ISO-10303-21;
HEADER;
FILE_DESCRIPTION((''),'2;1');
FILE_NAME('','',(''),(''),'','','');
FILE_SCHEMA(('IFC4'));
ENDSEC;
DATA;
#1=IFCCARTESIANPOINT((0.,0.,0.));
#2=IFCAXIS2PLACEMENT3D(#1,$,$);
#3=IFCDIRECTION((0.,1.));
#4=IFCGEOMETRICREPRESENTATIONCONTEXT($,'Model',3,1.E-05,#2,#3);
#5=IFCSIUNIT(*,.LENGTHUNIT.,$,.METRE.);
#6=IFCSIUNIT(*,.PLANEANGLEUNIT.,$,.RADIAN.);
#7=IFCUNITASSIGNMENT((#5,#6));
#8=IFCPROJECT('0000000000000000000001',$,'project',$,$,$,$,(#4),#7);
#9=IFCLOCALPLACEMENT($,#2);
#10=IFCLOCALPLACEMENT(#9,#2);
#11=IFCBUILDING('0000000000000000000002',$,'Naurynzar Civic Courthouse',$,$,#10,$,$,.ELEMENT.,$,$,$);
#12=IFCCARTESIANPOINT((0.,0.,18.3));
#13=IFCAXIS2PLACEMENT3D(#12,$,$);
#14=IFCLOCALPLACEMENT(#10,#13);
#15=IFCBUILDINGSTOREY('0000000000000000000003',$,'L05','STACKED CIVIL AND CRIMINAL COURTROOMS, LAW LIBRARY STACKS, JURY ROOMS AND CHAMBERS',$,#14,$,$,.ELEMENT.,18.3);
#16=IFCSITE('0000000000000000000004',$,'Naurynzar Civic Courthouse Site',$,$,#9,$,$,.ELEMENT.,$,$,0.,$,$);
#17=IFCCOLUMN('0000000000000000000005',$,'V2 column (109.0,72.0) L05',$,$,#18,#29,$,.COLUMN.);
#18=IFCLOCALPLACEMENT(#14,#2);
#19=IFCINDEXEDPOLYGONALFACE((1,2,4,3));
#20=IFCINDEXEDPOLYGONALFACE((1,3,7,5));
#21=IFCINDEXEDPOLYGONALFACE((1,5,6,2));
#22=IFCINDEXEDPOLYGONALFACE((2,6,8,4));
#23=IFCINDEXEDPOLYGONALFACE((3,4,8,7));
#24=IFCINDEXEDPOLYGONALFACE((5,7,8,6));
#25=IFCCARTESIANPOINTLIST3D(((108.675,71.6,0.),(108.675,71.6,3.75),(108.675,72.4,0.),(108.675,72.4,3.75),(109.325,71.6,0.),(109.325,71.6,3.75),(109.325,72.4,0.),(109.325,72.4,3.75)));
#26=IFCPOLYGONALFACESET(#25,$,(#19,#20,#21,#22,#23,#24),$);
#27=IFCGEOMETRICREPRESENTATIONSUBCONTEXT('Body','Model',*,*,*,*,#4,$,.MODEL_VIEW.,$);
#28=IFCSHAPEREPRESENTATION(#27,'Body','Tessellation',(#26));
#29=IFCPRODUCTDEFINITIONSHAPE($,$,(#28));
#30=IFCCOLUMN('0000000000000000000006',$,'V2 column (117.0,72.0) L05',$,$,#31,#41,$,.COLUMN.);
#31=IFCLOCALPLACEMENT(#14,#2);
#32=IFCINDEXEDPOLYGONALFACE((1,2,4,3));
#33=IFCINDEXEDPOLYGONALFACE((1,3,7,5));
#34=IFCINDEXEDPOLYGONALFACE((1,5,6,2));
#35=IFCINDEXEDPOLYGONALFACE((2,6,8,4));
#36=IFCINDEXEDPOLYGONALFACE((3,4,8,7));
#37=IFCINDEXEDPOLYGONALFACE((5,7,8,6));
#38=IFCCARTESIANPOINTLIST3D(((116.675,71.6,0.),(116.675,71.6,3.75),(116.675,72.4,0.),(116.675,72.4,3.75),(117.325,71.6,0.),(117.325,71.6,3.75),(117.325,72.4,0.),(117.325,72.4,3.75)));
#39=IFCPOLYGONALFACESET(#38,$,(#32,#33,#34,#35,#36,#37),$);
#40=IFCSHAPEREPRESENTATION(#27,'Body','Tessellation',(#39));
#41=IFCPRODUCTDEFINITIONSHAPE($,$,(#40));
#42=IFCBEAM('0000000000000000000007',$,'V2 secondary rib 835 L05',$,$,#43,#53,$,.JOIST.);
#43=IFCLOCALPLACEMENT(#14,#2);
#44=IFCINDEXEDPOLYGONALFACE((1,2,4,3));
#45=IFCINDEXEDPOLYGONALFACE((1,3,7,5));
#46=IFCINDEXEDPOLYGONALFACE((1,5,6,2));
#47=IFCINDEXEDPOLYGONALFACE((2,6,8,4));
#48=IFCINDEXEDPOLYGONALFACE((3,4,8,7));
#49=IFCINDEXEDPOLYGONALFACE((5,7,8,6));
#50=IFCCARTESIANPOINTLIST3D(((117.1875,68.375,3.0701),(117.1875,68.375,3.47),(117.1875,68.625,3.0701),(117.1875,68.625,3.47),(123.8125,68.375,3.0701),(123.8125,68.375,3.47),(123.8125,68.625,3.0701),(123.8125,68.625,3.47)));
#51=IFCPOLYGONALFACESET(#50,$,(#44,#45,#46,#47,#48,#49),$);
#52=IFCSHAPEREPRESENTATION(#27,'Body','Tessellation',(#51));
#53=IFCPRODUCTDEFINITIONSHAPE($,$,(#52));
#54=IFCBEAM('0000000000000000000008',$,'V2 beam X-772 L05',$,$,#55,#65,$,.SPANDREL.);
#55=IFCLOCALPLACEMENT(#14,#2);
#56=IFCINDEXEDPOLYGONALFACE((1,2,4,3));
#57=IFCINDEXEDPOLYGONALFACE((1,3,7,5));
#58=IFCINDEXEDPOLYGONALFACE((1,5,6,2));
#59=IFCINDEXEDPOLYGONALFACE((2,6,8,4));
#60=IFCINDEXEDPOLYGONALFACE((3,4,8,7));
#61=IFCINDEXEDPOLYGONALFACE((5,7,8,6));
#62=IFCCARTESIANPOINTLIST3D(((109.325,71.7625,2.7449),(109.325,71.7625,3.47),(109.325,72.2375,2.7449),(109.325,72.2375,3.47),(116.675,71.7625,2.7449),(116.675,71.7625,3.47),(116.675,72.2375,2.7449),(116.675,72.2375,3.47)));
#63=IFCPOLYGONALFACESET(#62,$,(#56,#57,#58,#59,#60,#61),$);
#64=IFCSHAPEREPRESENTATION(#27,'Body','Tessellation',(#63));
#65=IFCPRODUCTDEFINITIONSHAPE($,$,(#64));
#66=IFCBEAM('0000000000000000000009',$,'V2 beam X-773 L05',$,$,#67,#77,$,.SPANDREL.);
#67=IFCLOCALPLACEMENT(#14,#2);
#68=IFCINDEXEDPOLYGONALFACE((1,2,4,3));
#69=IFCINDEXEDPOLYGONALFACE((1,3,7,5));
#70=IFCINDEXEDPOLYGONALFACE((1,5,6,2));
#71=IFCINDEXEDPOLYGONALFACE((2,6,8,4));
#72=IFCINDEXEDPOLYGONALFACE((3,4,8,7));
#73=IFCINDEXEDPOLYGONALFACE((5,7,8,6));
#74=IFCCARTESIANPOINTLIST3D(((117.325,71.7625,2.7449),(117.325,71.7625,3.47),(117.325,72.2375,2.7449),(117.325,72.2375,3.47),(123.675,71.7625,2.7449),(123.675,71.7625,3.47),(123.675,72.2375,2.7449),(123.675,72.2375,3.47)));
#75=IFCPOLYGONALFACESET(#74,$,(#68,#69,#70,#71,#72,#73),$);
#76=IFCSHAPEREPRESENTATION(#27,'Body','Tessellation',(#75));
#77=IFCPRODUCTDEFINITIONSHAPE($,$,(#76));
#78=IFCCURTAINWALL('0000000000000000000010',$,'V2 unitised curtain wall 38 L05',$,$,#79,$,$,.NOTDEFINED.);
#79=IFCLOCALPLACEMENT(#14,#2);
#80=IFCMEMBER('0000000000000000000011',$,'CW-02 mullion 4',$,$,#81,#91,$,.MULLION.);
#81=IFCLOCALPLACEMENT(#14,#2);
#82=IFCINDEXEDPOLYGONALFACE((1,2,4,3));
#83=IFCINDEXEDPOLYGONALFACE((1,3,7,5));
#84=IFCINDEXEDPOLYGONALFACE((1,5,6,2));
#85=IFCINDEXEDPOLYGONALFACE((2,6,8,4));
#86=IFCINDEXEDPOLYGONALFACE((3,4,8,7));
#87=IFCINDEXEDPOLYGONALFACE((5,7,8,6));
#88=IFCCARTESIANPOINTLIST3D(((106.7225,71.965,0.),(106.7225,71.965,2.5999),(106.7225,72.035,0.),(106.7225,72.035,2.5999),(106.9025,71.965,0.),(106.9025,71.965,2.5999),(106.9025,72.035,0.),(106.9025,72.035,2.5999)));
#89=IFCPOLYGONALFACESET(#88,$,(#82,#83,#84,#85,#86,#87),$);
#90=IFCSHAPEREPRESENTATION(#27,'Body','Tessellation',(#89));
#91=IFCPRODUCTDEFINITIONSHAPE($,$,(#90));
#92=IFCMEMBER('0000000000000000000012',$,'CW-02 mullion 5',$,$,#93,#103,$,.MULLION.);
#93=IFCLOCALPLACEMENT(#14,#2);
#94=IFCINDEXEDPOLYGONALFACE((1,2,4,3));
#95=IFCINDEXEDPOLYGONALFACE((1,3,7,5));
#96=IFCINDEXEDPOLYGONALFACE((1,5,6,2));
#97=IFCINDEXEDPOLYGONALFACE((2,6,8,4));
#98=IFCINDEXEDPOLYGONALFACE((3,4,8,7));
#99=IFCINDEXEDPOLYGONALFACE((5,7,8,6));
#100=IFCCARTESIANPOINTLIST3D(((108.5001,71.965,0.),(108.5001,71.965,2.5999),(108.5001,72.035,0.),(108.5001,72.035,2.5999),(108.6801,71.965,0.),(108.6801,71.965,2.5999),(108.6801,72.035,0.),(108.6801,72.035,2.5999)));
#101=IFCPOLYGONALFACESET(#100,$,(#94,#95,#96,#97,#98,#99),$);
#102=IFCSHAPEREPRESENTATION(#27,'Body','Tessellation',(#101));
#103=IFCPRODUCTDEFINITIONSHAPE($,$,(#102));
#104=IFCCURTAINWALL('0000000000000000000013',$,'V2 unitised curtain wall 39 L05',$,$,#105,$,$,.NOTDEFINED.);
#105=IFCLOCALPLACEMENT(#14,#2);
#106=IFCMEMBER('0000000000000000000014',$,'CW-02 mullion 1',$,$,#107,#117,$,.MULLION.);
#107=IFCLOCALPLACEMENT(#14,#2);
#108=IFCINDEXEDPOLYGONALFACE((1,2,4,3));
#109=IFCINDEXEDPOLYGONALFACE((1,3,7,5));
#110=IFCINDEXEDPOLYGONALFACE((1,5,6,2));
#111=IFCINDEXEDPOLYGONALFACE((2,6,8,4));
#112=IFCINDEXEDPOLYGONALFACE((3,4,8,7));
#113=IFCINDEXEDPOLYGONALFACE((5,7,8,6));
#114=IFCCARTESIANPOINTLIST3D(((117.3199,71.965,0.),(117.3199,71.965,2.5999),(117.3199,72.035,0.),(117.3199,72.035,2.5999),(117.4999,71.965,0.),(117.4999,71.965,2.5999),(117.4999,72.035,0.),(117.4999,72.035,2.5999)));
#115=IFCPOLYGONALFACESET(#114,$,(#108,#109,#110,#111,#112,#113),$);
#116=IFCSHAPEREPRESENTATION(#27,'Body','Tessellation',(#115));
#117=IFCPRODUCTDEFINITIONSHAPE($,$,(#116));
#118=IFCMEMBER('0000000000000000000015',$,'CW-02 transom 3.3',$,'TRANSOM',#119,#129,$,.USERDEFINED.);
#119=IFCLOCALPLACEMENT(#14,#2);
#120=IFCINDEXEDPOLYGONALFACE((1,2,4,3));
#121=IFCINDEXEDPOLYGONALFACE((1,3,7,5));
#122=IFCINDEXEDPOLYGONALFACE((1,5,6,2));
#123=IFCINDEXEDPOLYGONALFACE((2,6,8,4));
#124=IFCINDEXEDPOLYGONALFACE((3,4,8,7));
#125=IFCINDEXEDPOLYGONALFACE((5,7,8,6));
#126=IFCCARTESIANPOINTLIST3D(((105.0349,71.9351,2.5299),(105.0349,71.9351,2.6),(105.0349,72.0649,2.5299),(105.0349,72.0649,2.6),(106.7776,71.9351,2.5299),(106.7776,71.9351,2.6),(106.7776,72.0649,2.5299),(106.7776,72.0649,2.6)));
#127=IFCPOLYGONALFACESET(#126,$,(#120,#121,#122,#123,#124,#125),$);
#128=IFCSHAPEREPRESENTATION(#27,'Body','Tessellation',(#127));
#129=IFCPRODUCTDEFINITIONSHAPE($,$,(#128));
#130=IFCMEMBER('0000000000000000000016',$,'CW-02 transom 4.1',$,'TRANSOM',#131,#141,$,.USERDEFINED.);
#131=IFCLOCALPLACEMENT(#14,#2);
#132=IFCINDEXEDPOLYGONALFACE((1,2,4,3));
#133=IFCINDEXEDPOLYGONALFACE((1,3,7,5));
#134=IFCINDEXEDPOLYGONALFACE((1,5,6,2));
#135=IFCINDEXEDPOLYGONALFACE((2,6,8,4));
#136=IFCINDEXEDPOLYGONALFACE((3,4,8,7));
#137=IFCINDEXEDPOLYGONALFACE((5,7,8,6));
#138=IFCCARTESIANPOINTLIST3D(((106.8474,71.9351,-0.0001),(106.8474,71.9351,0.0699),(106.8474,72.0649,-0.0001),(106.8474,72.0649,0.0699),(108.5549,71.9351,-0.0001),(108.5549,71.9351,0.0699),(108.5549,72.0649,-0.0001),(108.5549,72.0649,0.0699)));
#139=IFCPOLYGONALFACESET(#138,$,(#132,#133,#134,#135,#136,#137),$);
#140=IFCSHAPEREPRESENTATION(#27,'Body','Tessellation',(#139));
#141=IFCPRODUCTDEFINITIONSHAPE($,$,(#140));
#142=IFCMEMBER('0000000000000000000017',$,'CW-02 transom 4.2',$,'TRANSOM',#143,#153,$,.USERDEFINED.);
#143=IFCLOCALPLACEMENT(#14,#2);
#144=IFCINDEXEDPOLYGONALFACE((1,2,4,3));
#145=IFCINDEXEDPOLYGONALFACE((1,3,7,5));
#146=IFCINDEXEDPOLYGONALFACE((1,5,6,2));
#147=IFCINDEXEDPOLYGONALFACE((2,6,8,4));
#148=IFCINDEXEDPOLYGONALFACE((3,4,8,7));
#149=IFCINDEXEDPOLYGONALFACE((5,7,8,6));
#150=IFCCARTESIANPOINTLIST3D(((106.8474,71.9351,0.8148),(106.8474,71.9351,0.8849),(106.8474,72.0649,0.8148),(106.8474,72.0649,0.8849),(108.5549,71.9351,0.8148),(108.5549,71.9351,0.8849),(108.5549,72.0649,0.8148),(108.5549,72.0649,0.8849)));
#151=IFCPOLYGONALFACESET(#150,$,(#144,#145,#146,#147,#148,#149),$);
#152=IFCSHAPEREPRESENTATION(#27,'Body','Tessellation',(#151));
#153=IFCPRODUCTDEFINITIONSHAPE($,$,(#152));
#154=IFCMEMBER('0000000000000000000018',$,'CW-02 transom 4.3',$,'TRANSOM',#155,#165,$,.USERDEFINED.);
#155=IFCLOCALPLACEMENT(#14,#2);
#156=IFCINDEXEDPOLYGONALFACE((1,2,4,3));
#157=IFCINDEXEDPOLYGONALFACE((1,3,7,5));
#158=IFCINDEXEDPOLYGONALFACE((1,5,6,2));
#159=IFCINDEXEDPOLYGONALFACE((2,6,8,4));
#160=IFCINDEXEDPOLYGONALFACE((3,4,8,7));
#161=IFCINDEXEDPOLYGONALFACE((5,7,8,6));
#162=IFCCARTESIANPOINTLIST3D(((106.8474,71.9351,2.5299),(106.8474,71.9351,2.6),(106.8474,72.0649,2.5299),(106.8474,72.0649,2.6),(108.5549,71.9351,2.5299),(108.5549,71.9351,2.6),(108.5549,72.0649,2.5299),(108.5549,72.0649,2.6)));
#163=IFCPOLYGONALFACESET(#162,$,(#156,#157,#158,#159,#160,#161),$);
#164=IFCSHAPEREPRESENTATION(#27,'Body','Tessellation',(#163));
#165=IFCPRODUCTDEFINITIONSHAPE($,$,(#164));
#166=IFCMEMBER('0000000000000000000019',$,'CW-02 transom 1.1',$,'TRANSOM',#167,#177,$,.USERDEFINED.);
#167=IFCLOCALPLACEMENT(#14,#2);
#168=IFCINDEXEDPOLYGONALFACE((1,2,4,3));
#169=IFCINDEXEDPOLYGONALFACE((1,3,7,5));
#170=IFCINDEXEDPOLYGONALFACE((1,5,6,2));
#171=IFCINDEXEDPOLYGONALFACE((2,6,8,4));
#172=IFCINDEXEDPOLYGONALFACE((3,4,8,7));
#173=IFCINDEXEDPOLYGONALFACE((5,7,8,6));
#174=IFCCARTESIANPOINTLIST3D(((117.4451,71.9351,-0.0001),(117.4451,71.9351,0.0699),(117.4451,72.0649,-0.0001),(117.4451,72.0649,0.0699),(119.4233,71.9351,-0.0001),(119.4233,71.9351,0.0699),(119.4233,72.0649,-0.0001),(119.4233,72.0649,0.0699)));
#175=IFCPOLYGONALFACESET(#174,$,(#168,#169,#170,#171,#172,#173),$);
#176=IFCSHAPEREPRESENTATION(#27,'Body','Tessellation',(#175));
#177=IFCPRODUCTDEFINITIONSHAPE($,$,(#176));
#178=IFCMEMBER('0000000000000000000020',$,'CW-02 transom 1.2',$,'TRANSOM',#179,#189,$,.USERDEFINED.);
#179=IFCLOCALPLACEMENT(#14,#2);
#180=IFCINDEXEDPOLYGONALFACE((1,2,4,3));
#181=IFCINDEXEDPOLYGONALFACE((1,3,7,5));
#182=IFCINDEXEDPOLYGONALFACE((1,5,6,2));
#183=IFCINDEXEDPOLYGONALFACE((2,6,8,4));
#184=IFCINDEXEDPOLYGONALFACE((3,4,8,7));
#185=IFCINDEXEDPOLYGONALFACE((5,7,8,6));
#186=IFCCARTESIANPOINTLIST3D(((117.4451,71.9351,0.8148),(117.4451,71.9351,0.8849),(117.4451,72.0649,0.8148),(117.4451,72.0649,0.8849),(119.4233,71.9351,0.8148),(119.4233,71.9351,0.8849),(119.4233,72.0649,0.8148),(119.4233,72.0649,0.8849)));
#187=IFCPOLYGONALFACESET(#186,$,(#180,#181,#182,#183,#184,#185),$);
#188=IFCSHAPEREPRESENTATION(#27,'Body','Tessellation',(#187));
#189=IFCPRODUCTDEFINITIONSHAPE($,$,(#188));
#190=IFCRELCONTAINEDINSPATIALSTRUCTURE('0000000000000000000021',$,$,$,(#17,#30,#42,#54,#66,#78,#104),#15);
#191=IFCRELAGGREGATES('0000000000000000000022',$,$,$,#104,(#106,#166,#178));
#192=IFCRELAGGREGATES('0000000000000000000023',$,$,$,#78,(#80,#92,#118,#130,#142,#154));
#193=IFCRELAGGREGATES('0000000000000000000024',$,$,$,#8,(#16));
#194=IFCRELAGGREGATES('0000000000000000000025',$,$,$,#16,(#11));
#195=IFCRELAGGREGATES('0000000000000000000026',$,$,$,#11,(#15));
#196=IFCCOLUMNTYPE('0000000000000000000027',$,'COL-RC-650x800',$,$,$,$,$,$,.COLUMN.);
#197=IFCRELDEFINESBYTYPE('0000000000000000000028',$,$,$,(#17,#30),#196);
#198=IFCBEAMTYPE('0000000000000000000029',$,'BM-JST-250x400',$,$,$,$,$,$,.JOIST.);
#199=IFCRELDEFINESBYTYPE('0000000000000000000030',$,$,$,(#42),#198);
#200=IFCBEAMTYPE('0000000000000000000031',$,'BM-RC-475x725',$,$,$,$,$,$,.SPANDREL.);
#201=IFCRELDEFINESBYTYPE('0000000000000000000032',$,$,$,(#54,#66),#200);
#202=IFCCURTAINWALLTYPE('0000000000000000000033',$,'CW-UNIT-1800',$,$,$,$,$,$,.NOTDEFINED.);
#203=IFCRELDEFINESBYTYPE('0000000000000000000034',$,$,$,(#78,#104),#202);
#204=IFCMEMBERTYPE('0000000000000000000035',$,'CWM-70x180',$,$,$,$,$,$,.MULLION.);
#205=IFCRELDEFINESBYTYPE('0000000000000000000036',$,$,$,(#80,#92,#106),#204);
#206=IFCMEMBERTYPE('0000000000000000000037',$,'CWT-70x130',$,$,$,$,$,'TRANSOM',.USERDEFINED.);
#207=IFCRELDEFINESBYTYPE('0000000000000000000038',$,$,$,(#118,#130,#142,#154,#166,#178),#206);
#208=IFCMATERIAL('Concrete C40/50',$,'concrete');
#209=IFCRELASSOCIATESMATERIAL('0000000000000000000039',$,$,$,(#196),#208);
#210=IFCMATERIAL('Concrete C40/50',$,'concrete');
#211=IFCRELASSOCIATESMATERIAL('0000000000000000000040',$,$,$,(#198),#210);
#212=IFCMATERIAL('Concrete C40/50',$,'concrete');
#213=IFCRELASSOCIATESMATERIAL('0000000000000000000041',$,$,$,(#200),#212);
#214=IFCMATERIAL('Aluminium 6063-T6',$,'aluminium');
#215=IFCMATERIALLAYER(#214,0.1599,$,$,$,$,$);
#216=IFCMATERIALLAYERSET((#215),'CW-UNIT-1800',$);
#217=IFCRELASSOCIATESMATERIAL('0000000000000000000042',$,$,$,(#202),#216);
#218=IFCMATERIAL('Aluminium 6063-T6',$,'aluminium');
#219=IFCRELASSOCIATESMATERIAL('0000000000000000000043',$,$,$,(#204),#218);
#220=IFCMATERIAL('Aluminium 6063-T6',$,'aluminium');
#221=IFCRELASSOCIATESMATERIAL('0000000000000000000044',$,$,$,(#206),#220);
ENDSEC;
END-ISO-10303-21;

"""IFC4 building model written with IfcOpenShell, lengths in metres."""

from ifc_helpers import new_model, si_unit, direction, frame, origin, origin_2d, place, context, subcontext, project, spatial, rectangle, extrude, material, layer, layer_set, material_profile, profile_set, type_object, element, aggregate, save


model = new_model("IFC4")

# Units and contexts
model_context = context("Model", 3, precision=1e-05, world=origin(), true_north=direction((0.0, 1.0)))
body_context = subcontext(model_context, "Body", "Model", "MODEL_VIEW")
ifc_project = project(units=[si_unit("LENGTHUNIT", "METRE"), si_unit("PLANEANGLEUNIT", "RADIAN")], contexts=[model_context])

# Site, building, storey
site_placement = place(None, origin())
site = spatial("IfcSite", under=ifc_project, at=site_placement, Name="Naurynzar Civic Courthouse Site", CompositionType="ELEMENT", RefElevation=0.0)
building_placement = place(site_placement, origin())
building = spatial("IfcBuilding", under=site, at=building_placement, Name="Naurynzar Civic Courthouse", CompositionType="ELEMENT")
storey_placement = place(building_placement, frame((0.0, 0.0, 18.3)))
storey = spatial("IfcBuildingStorey", under=building, at=storey_placement, Name="L05", Description="STACKED CIVIL AND CRIMINAL COURTROOMS, LAW LIBRARY STACKS, JURY ROOMS AND CHAMBERS", CompositionType="ELEMENT", Elevation=18.3)

# Columns
ifc_material_1 = material(Name="Concrete C40/50", Category="concrete")
ifc_material_profile_1 = material_profile(ifc_material_1, rectangle(XDim=0.6499, YDim=0.8, at=origin_2d()), Name="RC 650x800")
ifc_profile_set_1 = profile_set([ifc_material_profile_1], Name="Concrete C40/50")
column_type = type_object("IfcColumnType", Name="COL-RC-650x800", PredefinedType="COLUMN", material=ifc_profile_set_1)
for number, where, z_axis, x_axis, name in (
    (1, (109.0, 72.0, 0.0), (0.0, 0.0, 1.0), (1.0, 0.0, 0.0), "V2 column (109.0,72.0) L05"),
    (2, (117.0, 72.0, 0.0), (0.0, 0.0, 1.0), (1.0, 0.0, 0.0), "V2 column (117.0,72.0) L05"),
):
    element("IfcColumn", number, at=place(storey_placement, frame(where, z_axis=z_axis, x_axis=x_axis)), inside=storey, type_object=column_type, Name=name, PredefinedType="COLUMN", context=body_context, shape_type="SweptSolid", body=[
        extrude(rectangle(XDim=0.6499, YDim=0.8, at=origin_2d()), origin(), (0.0, 0.0, 1.0), 3.75),
    ])

# Beams
ifc_material_2 = material(Name="Concrete C40/50", Category="concrete")
ifc_material_profile_2 = material_profile(ifc_material_2, rectangle(XDim=0.25, YDim=0.3999, at=origin_2d()), Name="RCB 250x400")
ifc_profile_set_2 = profile_set([ifc_material_profile_2], Name="Concrete C40/50")
beam_type_1 = type_object("IfcBeamType", Name="BM-JST-250x400", PredefinedType="JOIST", material=ifc_profile_set_2)
beam_1_placement = place(storey_placement, frame((117.1875, 68.5, 3.27), z_axis=(1.0, 0.0, 0.0), x_axis=(0.0, 1.0, 0.0)))
element("IfcBeam", 3, at=beam_1_placement, inside=storey, type_object=beam_type_1, Name="V2 secondary rib 835 L05", PredefinedType="JOIST", context=body_context, shape_type="SweptSolid", body=[
    extrude(rectangle(XDim=0.25, YDim=0.3999, at=origin_2d()), origin(), (0.0, 0.0, 1.0), 6.625),
])
ifc_material_3 = material(Name="Concrete C40/50", Category="concrete")
ifc_material_profile_3 = material_profile(ifc_material_3, rectangle(XDim=0.4751, YDim=0.7251, at=origin_2d()), Name="RCB 475x725")
ifc_profile_set_3 = profile_set([ifc_material_profile_3], Name="Concrete C40/50")
beam_type_2 = type_object("IfcBeamType", Name="BM-RC-475x725", PredefinedType="SPANDREL", material=ifc_profile_set_3)
beam_2_placement = place(storey_placement, frame((109.325, 72.0, 3.1074), z_axis=(1.0, 0.0, 0.0), x_axis=(0.0, 1.0, 0.0)))
element("IfcBeam", 4, at=beam_2_placement, inside=storey, type_object=beam_type_2, Name="V2 beam X-772 L05", PredefinedType="SPANDREL", context=body_context, shape_type="SweptSolid", body=[
    extrude(rectangle(XDim=0.4751, YDim=0.7251, at=origin_2d()), origin(), (0.0, 0.0, 1.0), 7.3501),
])
beam_3_placement = place(storey_placement, frame((117.325, 72.0, 3.1074), z_axis=(1.0, 0.0, 0.0), x_axis=(0.0, 1.0, 0.0)))
element("IfcBeam", 5, at=beam_3_placement, inside=storey, type_object=beam_type_2, Name="V2 beam X-773 L05", PredefinedType="SPANDREL", context=body_context, shape_type="SweptSolid", body=[
    extrude(rectangle(XDim=0.4751, YDim=0.7251, at=origin_2d()), origin(), (0.0, 0.0, 1.0), 6.3501),
])

# Curtain wall, members
ifc_material_4 = material(Name="Aluminium 6063-T6", Category="aluminium")
ifc_layer_1 = layer(ifc_material_4, 0.1599)
ifc_layer_set_1 = layer_set([ifc_layer_1], Name="CW-UNIT-1800")
curtain_wall_type = type_object("IfcCurtainWallType", Name="CW-UNIT-1800", PredefinedType="NOTDEFINED", material=ifc_layer_set_1)
curtain_wall_1_placement = place(storey_placement, origin())
curtain_wall_1 = element("IfcCurtainWall", 6, at=curtain_wall_1_placement, inside=storey, type_object=curtain_wall_type, Name="V2 unitised curtain wall 38 L05", PredefinedType="NOTDEFINED")
ifc_material_5 = material(Name="Aluminium 6063-T6", Category="aluminium")
ifc_material_profile_4 = material_profile(ifc_material_5, rectangle(XDim=0.0701, YDim=0.1799, at=origin_2d()), Name="ALU MULLION 70x180")
ifc_profile_set_4 = profile_set([ifc_material_profile_4], Name="Aluminium 6063-T6")
member_type_1 = type_object("IfcMemberType", Name="CWM-70x180", PredefinedType="MULLION", material=ifc_profile_set_4)
member_1_placement = place(storey_placement, frame((106.8125, 72.0, 0.0), z_axis=(0.0, 0.0, 1.0), x_axis=(0.0, 1.0, 0.0)))
member_1 = element("IfcMember", 7, at=member_1_placement, type_object=member_type_1, Name="CW-02 mullion 4", PredefinedType="MULLION", context=body_context, shape_type="SweptSolid", body=[
    extrude(rectangle(XDim=0.0701, YDim=0.1799, at=origin_2d()), origin(), (0.0, 0.0, 1.0), 2.5999),
])
member_2_placement = place(storey_placement, frame((108.5901, 72.0, 0.0), z_axis=(0.0, 0.0, 1.0), x_axis=(0.0, 1.0, 0.0)))
member_2 = element("IfcMember", 8, at=member_2_placement, type_object=member_type_1, Name="CW-02 mullion 5", PredefinedType="MULLION", context=body_context, shape_type="SweptSolid", body=[
    extrude(rectangle(XDim=0.0701, YDim=0.1799, at=origin_2d()), origin(), (0.0, 0.0, 1.0), 2.5999),
])

# Curtain wall, member
curtain_wall_2_placement = place(storey_placement, origin())
curtain_wall_2 = element("IfcCurtainWall", 9, at=curtain_wall_2_placement, inside=storey, type_object=curtain_wall_type, Name="V2 unitised curtain wall 39 L05", PredefinedType="NOTDEFINED")
member_3_placement = place(storey_placement, frame((117.4099, 72.0, 0.0), z_axis=(0.0, 0.0, 1.0), x_axis=(0.0, 1.0, 0.0)))
member_3 = element("IfcMember", 10, at=member_3_placement, type_object=member_type_1, Name="CW-02 mullion 1", PredefinedType="MULLION", context=body_context, shape_type="SweptSolid", body=[
    extrude(rectangle(XDim=0.0701, YDim=0.1799, at=origin_2d()), origin(), (0.0, 0.0, 1.0), 2.5999),
])

# Members
ifc_material_6 = material(Name="Aluminium 6063-T6", Category="aluminium")
ifc_material_profile_5 = material_profile(ifc_material_6, rectangle(XDim=0.1299, YDim=0.0701, at=origin_2d()), Name="ALU TRANSOM 70x130")
ifc_profile_set_5 = profile_set([ifc_material_profile_5], Name="Aluminium 6063-T6")
member_type_2 = type_object("IfcMemberType", Name="CWT-70x130", ElementType="TRANSOM", PredefinedType="USERDEFINED", material=ifc_profile_set_5)
member_4_placement = place(storey_placement, frame((105.0349, 72.0, 2.5649), z_axis=(1.0, 0.0, 0.0), x_axis=(0.0, 1.0, 0.0)))
member_4 = element("IfcMember", 11, at=member_4_placement, type_object=member_type_2, Name="CW-02 transom 3.3", ObjectType="TRANSOM", PredefinedType="USERDEFINED", context=body_context, shape_type="SweptSolid", body=[
    extrude(rectangle(XDim=0.1299, YDim=0.0701, at=origin_2d()), origin(), (0.0, 0.0, 1.0), 1.7427),
])
member_5_placement = place(storey_placement, frame((106.8474, 72.0, 0.0349), z_axis=(1.0, 0.0, 0.0), x_axis=(0.0, 1.0, 0.0)))
member_5 = element("IfcMember", 12, at=member_5_placement, type_object=member_type_2, Name="CW-02 transom 4.1", ObjectType="TRANSOM", PredefinedType="USERDEFINED", context=body_context, shape_type="SweptSolid", body=[
    extrude(rectangle(XDim=0.1299, YDim=0.0701, at=origin_2d()), origin(), (0.0, 0.0, 1.0), 1.7075),
])
member_6_placement = place(storey_placement, frame((106.8474, 72.0, 0.8499), z_axis=(1.0, 0.0, 0.0), x_axis=(0.0, 1.0, 0.0)))
member_6 = element("IfcMember", 13, at=member_6_placement, type_object=member_type_2, Name="CW-02 transom 4.2", ObjectType="TRANSOM", PredefinedType="USERDEFINED", context=body_context, shape_type="SweptSolid", body=[
    extrude(rectangle(XDim=0.1299, YDim=0.0701, at=origin_2d()), origin(), (0.0, 0.0, 1.0), 1.7075),
])
member_7_placement = place(storey_placement, frame((106.8474, 72.0, 2.5649), z_axis=(1.0, 0.0, 0.0), x_axis=(0.0, 1.0, 0.0)))
member_7 = element("IfcMember", 14, at=member_7_placement, type_object=member_type_2, Name="CW-02 transom 4.3", ObjectType="TRANSOM", PredefinedType="USERDEFINED", context=body_context, shape_type="SweptSolid", body=[
    extrude(rectangle(XDim=0.1299, YDim=0.0701, at=origin_2d()), origin(), (0.0, 0.0, 1.0), 1.7075),
])
member_8_placement = place(storey_placement, frame((117.4451, 72.0, 0.0349), z_axis=(1.0, 0.0, 0.0), x_axis=(0.0, 1.0, 0.0)))
member_8 = element("IfcMember", 15, at=member_8_placement, type_object=member_type_2, Name="CW-02 transom 1.1", ObjectType="TRANSOM", PredefinedType="USERDEFINED", context=body_context, shape_type="SweptSolid", body=[
    extrude(rectangle(XDim=0.1299, YDim=0.0701, at=origin_2d()), origin(), (0.0, 0.0, 1.0), 1.9783),
])
member_9_placement = place(storey_placement, frame((117.4451, 72.0, 0.8499), z_axis=(1.0, 0.0, 0.0), x_axis=(0.0, 1.0, 0.0)))
member_9 = element("IfcMember", 16, at=member_9_placement, type_object=member_type_2, Name="CW-02 transom 1.2", ObjectType="TRANSOM", PredefinedType="USERDEFINED", context=body_context, shape_type="SweptSolid", body=[
    extrude(rectangle(XDim=0.1299, YDim=0.0701, at=origin_2d()), origin(), (0.0, 0.0, 1.0), 1.9783),
])
aggregate(curtain_wall_2, [member_3, member_8, member_9])

aggregate(curtain_wall_1, [member_1, member_2, member_4, member_5, member_6, member_7])

save(model, "model.ifc")
